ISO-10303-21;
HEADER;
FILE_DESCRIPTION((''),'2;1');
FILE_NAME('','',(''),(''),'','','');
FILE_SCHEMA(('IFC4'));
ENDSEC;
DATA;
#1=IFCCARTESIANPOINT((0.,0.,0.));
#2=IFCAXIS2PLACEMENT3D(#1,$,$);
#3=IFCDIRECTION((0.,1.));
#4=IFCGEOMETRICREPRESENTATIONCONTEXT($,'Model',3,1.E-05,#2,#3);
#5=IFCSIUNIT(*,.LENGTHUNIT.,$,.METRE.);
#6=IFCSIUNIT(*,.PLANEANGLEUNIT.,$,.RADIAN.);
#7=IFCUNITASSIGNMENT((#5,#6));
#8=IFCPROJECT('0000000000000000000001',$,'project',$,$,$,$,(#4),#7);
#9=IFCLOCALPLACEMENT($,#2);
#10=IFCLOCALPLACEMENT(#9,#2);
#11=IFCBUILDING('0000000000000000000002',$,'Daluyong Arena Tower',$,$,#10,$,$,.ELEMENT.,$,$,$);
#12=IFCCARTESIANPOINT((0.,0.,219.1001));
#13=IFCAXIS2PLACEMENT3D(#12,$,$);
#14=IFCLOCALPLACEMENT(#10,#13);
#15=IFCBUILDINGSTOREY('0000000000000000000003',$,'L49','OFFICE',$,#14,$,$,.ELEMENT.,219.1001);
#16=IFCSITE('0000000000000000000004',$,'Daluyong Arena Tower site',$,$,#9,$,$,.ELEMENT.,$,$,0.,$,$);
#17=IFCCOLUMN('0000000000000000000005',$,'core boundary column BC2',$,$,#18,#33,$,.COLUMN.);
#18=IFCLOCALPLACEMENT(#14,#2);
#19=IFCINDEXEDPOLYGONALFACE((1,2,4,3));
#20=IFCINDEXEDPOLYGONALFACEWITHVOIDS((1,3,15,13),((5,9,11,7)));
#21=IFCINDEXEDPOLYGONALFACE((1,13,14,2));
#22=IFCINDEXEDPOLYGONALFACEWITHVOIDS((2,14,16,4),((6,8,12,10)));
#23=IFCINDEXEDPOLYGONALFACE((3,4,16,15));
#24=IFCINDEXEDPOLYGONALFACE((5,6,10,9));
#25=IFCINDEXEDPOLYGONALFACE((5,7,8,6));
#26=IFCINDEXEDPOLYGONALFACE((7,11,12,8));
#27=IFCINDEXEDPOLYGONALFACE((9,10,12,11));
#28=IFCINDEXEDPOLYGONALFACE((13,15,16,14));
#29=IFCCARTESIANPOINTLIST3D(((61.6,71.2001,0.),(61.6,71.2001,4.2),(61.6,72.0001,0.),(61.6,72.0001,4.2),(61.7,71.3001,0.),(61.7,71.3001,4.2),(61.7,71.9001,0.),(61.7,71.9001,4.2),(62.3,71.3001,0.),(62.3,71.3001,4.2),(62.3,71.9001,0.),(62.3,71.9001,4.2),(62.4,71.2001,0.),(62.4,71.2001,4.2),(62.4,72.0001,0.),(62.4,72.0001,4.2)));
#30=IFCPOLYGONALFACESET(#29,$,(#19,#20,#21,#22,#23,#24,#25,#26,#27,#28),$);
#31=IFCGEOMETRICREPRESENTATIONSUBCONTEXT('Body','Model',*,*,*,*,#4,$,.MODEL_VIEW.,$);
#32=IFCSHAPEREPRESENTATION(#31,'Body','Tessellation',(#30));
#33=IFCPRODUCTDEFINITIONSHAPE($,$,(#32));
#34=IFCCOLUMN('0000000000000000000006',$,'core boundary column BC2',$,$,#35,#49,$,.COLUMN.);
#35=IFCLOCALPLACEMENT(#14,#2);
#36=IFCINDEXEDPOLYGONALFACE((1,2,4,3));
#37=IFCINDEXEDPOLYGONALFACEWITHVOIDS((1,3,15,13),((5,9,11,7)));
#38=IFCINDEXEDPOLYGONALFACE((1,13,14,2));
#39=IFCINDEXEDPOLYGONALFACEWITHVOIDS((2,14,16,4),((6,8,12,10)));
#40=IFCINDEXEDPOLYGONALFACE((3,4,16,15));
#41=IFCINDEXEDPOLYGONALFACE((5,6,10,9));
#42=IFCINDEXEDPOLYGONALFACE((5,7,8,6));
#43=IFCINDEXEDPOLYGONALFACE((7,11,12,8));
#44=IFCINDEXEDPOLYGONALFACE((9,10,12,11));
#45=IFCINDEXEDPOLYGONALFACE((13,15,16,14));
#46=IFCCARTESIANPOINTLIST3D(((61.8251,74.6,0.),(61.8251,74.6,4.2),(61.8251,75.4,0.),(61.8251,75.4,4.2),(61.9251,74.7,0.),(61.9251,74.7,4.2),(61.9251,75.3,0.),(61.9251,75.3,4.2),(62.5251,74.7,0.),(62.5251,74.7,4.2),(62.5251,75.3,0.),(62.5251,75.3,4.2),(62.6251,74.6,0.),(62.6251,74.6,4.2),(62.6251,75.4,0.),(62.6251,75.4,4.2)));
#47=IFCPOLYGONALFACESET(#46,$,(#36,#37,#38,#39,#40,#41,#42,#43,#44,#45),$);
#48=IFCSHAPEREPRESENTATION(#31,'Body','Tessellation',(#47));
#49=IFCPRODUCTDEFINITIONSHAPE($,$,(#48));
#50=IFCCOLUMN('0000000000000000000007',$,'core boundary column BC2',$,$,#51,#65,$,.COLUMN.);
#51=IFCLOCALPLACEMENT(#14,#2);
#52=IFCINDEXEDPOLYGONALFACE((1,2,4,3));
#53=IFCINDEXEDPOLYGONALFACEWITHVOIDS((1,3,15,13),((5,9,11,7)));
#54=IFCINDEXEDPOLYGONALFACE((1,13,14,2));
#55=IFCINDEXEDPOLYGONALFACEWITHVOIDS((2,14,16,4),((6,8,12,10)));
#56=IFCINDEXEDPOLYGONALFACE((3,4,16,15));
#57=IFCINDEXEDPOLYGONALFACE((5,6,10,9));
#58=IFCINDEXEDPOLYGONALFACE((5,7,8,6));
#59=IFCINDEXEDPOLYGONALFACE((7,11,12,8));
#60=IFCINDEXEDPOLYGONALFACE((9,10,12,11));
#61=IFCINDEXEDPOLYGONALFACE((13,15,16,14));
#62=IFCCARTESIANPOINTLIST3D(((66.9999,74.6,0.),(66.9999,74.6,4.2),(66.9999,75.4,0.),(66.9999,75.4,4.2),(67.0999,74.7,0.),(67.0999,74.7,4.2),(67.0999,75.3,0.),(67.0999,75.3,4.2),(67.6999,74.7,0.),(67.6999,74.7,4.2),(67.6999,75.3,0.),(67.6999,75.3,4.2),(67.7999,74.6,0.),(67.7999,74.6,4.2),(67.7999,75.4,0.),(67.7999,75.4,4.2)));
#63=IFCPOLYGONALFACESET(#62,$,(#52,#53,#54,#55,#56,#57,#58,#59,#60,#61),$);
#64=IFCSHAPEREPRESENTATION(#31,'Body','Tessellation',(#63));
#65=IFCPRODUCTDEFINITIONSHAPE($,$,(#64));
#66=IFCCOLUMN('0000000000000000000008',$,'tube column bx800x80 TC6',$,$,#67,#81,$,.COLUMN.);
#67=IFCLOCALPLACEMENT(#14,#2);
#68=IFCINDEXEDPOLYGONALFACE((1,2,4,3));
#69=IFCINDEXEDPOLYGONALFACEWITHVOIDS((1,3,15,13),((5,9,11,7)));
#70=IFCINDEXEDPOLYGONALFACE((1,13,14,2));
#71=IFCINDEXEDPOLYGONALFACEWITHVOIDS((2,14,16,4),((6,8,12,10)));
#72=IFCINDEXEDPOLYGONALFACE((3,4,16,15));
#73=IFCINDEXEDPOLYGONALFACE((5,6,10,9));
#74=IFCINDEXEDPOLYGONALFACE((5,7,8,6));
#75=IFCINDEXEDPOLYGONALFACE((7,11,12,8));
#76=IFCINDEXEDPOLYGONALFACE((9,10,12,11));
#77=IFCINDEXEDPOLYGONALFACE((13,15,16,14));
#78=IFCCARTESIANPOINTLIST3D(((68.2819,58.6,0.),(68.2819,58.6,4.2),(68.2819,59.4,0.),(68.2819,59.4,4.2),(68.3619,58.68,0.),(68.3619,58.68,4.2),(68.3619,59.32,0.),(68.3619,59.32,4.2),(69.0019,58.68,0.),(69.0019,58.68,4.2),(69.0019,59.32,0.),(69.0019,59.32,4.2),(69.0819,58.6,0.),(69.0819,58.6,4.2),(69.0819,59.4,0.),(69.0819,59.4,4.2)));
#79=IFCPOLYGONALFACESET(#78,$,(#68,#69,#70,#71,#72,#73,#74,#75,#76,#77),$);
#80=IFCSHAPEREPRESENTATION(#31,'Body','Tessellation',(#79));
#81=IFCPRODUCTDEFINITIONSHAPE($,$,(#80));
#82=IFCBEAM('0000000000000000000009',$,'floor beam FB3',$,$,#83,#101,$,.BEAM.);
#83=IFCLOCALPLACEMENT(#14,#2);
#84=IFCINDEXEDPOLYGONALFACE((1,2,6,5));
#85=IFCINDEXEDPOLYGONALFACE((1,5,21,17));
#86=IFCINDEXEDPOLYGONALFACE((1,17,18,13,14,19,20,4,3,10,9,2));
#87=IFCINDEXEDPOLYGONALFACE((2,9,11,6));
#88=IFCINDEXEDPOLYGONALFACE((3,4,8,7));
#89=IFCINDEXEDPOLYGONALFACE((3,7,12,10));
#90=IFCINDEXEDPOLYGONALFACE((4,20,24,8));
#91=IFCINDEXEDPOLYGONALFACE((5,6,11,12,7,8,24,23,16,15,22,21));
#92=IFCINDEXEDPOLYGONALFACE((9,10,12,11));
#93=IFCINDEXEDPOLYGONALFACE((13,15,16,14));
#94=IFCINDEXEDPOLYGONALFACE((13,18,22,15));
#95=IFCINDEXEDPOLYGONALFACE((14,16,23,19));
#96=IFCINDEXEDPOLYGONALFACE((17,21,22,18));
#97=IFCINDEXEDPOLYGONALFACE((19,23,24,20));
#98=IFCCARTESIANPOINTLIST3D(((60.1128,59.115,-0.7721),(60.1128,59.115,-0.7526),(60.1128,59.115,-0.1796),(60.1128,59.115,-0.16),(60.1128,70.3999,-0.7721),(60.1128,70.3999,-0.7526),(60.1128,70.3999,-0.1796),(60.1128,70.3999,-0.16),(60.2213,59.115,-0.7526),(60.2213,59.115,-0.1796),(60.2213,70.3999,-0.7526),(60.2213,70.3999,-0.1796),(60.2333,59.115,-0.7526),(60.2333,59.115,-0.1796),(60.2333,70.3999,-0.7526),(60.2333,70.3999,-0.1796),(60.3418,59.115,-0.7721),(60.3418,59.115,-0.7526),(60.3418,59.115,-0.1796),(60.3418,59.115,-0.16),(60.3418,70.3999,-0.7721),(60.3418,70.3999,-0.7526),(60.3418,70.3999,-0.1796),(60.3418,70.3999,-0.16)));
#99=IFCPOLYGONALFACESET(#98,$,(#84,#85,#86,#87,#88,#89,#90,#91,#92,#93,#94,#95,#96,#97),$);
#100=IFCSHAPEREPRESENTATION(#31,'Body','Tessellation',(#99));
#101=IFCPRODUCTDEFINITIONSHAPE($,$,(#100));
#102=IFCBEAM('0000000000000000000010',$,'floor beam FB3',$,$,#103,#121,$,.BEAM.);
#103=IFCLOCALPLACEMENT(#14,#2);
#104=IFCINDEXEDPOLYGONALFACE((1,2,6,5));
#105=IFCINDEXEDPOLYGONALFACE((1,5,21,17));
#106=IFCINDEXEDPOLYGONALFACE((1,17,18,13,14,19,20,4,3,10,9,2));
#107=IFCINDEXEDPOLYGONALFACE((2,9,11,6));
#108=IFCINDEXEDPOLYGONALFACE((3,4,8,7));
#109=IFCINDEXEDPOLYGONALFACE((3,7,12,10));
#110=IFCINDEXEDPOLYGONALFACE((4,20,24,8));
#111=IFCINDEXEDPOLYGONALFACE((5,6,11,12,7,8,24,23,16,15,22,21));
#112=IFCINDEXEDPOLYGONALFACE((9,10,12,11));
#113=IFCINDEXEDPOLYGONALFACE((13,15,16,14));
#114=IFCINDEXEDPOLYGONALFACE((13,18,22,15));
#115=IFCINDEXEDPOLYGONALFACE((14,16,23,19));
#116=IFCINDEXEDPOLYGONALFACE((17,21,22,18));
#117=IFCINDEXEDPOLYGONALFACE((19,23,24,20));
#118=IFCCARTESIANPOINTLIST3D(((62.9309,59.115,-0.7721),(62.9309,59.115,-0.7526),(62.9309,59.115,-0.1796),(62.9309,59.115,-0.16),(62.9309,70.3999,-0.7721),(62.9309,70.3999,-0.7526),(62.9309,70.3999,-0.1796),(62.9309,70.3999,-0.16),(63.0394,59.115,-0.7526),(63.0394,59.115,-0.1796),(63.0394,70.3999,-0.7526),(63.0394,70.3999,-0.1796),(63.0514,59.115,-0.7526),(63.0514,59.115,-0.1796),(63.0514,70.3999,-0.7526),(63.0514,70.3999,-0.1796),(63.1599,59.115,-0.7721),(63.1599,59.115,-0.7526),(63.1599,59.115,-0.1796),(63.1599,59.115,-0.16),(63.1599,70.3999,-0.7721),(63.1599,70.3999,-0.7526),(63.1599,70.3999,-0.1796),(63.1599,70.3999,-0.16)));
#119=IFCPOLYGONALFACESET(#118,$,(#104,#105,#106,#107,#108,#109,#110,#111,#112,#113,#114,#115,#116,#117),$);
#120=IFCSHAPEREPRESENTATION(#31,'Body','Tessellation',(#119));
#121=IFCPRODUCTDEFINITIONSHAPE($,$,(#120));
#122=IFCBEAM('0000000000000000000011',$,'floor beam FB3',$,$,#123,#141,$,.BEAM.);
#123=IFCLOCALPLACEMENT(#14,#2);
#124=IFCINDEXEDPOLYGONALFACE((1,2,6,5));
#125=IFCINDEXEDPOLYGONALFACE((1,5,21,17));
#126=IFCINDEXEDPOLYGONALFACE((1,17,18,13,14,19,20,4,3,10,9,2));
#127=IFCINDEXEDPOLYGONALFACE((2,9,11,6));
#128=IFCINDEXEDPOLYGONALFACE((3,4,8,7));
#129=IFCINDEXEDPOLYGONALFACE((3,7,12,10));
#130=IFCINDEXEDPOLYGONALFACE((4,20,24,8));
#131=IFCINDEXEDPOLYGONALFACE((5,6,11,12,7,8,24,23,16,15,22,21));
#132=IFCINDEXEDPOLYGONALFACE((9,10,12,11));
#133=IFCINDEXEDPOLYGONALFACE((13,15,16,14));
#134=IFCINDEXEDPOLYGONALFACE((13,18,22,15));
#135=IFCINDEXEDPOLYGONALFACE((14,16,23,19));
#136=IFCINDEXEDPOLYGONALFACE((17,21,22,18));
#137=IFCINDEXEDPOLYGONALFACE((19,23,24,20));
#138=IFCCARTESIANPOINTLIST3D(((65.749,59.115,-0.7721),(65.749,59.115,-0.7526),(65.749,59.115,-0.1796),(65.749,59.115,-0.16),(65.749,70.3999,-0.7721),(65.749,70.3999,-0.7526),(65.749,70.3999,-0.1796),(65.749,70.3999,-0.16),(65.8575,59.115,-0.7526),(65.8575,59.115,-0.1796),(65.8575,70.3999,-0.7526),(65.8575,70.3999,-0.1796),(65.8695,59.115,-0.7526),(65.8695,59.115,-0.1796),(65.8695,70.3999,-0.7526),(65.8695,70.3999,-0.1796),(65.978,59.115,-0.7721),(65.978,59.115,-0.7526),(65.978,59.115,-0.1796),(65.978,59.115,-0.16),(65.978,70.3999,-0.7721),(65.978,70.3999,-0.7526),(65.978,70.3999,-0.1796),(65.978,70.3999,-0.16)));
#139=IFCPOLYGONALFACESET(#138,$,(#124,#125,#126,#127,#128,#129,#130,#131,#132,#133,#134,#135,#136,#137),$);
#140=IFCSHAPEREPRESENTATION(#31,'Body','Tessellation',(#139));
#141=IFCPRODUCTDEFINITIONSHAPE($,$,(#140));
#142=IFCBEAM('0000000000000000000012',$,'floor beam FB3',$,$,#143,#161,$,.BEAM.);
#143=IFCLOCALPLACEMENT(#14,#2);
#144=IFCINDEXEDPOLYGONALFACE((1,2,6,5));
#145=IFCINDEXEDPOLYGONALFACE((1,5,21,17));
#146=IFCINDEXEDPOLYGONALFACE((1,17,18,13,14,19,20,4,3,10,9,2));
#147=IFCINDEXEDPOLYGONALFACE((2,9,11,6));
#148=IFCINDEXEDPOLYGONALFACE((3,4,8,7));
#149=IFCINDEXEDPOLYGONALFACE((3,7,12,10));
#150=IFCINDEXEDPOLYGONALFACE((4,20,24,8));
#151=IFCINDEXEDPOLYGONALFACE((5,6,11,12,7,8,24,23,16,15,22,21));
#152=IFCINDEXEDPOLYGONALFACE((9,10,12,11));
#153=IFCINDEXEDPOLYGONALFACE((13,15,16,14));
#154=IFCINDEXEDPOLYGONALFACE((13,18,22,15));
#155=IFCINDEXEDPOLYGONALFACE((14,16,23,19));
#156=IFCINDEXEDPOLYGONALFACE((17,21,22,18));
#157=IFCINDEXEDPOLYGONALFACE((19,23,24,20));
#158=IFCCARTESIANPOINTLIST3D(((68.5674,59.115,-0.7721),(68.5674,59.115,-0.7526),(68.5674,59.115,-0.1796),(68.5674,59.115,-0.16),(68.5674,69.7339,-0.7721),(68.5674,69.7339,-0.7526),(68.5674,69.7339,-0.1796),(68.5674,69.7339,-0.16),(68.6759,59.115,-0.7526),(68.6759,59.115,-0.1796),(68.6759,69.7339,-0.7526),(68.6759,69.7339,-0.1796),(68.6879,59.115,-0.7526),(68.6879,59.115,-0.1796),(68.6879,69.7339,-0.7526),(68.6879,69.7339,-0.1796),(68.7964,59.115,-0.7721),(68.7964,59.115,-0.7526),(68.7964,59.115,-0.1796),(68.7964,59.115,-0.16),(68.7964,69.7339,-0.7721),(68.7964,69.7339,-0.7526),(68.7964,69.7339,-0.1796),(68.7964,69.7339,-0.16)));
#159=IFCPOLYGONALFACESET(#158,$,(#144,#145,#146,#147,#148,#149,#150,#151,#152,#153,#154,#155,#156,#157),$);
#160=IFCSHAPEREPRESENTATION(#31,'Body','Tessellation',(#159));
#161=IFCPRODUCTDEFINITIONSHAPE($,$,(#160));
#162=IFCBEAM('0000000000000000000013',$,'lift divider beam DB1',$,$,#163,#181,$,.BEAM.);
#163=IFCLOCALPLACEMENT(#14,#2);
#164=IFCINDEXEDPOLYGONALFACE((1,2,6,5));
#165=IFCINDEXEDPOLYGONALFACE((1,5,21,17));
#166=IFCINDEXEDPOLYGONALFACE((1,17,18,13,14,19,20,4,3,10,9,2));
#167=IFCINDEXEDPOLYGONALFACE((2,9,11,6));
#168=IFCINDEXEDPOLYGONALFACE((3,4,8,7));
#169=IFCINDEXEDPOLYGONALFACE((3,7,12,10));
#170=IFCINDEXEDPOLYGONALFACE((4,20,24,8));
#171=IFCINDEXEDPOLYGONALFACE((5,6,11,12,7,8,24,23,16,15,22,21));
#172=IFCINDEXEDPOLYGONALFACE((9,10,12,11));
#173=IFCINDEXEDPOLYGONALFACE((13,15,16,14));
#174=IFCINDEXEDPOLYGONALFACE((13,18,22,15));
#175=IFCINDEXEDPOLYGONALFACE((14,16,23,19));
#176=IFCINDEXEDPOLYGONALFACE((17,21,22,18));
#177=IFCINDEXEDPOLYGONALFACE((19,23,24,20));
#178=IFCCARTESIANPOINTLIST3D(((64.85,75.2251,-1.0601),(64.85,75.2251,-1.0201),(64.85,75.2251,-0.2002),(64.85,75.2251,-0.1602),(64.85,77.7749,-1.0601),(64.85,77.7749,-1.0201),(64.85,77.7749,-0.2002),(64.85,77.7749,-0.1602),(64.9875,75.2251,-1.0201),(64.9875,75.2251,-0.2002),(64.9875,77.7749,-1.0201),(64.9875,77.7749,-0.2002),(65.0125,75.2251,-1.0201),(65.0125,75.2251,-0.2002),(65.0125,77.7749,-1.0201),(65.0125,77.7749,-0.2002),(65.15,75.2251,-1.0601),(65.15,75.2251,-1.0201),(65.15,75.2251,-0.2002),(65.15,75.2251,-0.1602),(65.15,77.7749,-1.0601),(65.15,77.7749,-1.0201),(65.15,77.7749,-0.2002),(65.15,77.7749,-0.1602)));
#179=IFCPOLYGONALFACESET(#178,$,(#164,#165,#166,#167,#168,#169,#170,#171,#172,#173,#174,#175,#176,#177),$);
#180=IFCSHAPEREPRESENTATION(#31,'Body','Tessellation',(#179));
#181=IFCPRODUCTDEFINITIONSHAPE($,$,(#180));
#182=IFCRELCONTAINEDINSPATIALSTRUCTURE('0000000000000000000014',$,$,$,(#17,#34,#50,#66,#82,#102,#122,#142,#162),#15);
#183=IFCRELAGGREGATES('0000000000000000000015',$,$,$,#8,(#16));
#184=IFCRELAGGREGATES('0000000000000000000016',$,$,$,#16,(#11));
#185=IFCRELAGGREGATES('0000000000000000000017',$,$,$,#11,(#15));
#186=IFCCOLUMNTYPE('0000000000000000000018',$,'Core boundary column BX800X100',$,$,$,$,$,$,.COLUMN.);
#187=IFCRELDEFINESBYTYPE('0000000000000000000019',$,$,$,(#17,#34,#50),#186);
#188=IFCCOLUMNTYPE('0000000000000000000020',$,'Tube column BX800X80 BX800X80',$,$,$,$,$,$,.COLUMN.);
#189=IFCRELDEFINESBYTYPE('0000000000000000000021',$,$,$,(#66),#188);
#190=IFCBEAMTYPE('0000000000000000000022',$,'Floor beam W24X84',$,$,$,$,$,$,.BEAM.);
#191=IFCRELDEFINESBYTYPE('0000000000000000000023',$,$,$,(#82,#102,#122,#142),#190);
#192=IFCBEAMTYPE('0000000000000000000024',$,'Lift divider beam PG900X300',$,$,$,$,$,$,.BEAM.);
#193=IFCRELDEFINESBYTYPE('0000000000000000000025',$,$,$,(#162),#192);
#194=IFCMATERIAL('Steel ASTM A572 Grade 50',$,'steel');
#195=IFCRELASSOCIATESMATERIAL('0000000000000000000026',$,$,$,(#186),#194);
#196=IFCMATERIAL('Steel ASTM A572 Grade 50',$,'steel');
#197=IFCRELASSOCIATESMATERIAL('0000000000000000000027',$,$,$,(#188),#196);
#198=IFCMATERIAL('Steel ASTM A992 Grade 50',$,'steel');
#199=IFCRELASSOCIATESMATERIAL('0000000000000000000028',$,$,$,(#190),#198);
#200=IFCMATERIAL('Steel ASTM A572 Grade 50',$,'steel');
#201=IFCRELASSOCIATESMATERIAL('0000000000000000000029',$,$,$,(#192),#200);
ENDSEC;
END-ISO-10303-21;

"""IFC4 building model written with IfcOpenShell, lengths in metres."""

from ifc_helpers import new_model, si_unit, direction, frame, origin, origin_2d, place, context, subcontext, project, spatial, hollow_rectangle, i_section, extrude, material, material_profile, profile_set, type_object, element, save


model = new_model("IFC4")

# Units and contexts
model_context = context("Model", 3, precision=1e-05, world=origin(), true_north=direction((0.0, 1.0)))
body_context = subcontext(model_context, "Body", "Model", "MODEL_VIEW")
ifc_project = project(units=[si_unit("LENGTHUNIT", "METRE"), si_unit("PLANEANGLEUNIT", "RADIAN")], contexts=[model_context])

# Site, building, storey
site_placement = place(None, origin())
site = spatial("IfcSite", under=ifc_project, at=site_placement, Name="Daluyong Arena Tower site", CompositionType="ELEMENT", RefElevation=0.0)
building_placement = place(site_placement, origin())
building = spatial("IfcBuilding", under=site, at=building_placement, Name="Daluyong Arena Tower", CompositionType="ELEMENT")
storey_placement = place(building_placement, frame((0.0, 0.0, 219.1001)))
storey = spatial("IfcBuildingStorey", under=building, at=storey_placement, Name="L49", Description="OFFICE", CompositionType="ELEMENT", Elevation=219.1001)

# Columns
ifc_material_1 = material(Name="Steel ASTM A572 Grade 50", Category="steel")
ifc_material_profile_1 = material_profile(ifc_material_1, hollow_rectangle(XDim=0.8, YDim=0.8, WallThickness=0.1, at=origin_2d()))
ifc_profile_set_1 = profile_set([ifc_material_profile_1], Name="Steel ASTM A572 Grade 50")
column_type_1 = type_object("IfcColumnType", Name="Core boundary column BX800X100", PredefinedType="COLUMN", material=ifc_profile_set_1)
for number, where, z_axis, x_axis, name in (
    (1, (62.0, 71.6001, 0.0), (0.0, 0.0, 1.0), (1.0, 0.0, 0.0), "core boundary column BC2"),
    (2, (62.2251, 75.0, 0.0), (0.0, 0.0, 1.0), (1.0, 0.0, 0.0), "core boundary column BC2"),
    (3, (67.3999, 75.0, 0.0), (0.0, 0.0, 1.0), (1.0, 0.0, 0.0), "core boundary column BC2"),
):
    element("IfcColumn", number, at=place(storey_placement, frame(where, z_axis=z_axis, x_axis=x_axis)), inside=storey, type_object=column_type_1, Name=name, PredefinedType="COLUMN", context=body_context, shape_type="SweptSolid", body=[
        extrude(hollow_rectangle(XDim=0.8, YDim=0.8, WallThickness=0.1, at=origin_2d()), origin(), (0.0, 0.0, 1.0), 4.2),
    ])
ifc_material_2 = material(Name="Steel ASTM A572 Grade 50", Category="steel")
ifc_material_profile_2 = material_profile(ifc_material_2, hollow_rectangle(XDim=0.8, YDim=0.8, WallThickness=0.08, at=origin_2d()))
ifc_profile_set_2 = profile_set([ifc_material_profile_2], Name="Steel ASTM A572 Grade 50")
column_type_2 = type_object("IfcColumnType", Name="Tube column BX800X80 BX800X80", PredefinedType="COLUMN", material=ifc_profile_set_2)
column_placement = place(storey_placement, frame((68.6819, 59.0, 0.0), z_axis=(0.0, 0.0, 1.0), x_axis=(1.0, 0.0, 0.0)))
element("IfcColumn", 4, at=column_placement, inside=storey, type_object=column_type_2, Name="tube column bx800x80 TC6", PredefinedType="COLUMN", context=body_context, shape_type="SweptSolid", body=[
    extrude(hollow_rectangle(XDim=0.8, YDim=0.8, WallThickness=0.08, at=origin_2d()), origin(), (0.0, 0.0, 1.0), 4.2),
])

# Beams
ifc_material_3 = material(Name="Steel ASTM A992 Grade 50", Category="steel")
ifc_material_profile_3 = material_profile(ifc_material_3, i_section(OverallWidth=0.229, OverallDepth=0.6121, WebThickness=0.012, FlangeThickness=0.0195, at=origin_2d()))
ifc_profile_set_3 = profile_set([ifc_material_profile_3], Name="Steel ASTM A992 Grade 50")
beam_type_1 = type_object("IfcBeamType", Name="Floor beam W24X84", PredefinedType="BEAM", material=ifc_profile_set_3)
for number, where, z_axis, x_axis, name in (
    (5, (60.2273, 59.115, -0.4661), (0.0, 1.0, 0.0), (-1.0, 0.0, 0.0), "floor beam FB3"),
    (6, (63.0454, 59.115, -0.4661), (0.0, 1.0, 0.0), (-1.0, 0.0, 0.0), "floor beam FB3"),
    (7, (65.8635, 59.115, -0.4661), (0.0, 1.0, 0.0), (-1.0, 0.0, 0.0), "floor beam FB3"),
):
    element("IfcBeam", number, at=place(storey_placement, frame(where, z_axis=z_axis, x_axis=x_axis)), inside=storey, type_object=beam_type_1, Name=name, PredefinedType="BEAM", context=body_context, shape_type="SweptSolid", body=[
        extrude(i_section(OverallWidth=0.229, OverallDepth=0.6121, WebThickness=0.012, FlangeThickness=0.0195, at=origin_2d()), origin(), (0.0, 0.0, 1.0), 11.2849),
    ])
beam_1_placement = place(storey_placement, frame((68.6819, 59.115, -0.4661), z_axis=(0.0, 1.0, 0.0), x_axis=(-1.0, 0.0, 0.0)))
element("IfcBeam", 8, at=beam_1_placement, inside=storey, type_object=beam_type_1, Name="floor beam FB3", PredefinedType="BEAM", context=body_context, shape_type="SweptSolid", body=[
    extrude(i_section(OverallWidth=0.229, OverallDepth=0.6121, WebThickness=0.012, FlangeThickness=0.0195, at=origin_2d()), origin(), (0.0, 0.0, 1.0), 10.6189),
])
ifc_material_4 = material(Name="Steel ASTM A572 Grade 50", Category="steel")
ifc_material_profile_4 = material_profile(ifc_material_4, i_section(OverallWidth=0.3, OverallDepth=0.8999, WebThickness=0.025, FlangeThickness=0.04, at=origin_2d()))
ifc_profile_set_4 = profile_set([ifc_material_profile_4], Name="Steel ASTM A572 Grade 50")
beam_type_2 = type_object("IfcBeamType", Name="Lift divider beam PG900X300", PredefinedType="BEAM", material=ifc_profile_set_4)
beam_2_placement = place(storey_placement, frame((65.0, 75.2251, -0.6101), z_axis=(0.0, 1.0, 0.0), x_axis=(-1.0, 0.0, 0.0)))
element("IfcBeam", 9, at=beam_2_placement, inside=storey, type_object=beam_type_2, Name="lift divider beam DB1", PredefinedType="BEAM", context=body_context, shape_type="SweptSolid", body=[
    extrude(i_section(OverallWidth=0.3, OverallDepth=0.8999, WebThickness=0.025, FlangeThickness=0.04, at=origin_2d()), origin(), (0.0, 0.0, 1.0), 2.5498),
])

save(model, "model.ifc")
